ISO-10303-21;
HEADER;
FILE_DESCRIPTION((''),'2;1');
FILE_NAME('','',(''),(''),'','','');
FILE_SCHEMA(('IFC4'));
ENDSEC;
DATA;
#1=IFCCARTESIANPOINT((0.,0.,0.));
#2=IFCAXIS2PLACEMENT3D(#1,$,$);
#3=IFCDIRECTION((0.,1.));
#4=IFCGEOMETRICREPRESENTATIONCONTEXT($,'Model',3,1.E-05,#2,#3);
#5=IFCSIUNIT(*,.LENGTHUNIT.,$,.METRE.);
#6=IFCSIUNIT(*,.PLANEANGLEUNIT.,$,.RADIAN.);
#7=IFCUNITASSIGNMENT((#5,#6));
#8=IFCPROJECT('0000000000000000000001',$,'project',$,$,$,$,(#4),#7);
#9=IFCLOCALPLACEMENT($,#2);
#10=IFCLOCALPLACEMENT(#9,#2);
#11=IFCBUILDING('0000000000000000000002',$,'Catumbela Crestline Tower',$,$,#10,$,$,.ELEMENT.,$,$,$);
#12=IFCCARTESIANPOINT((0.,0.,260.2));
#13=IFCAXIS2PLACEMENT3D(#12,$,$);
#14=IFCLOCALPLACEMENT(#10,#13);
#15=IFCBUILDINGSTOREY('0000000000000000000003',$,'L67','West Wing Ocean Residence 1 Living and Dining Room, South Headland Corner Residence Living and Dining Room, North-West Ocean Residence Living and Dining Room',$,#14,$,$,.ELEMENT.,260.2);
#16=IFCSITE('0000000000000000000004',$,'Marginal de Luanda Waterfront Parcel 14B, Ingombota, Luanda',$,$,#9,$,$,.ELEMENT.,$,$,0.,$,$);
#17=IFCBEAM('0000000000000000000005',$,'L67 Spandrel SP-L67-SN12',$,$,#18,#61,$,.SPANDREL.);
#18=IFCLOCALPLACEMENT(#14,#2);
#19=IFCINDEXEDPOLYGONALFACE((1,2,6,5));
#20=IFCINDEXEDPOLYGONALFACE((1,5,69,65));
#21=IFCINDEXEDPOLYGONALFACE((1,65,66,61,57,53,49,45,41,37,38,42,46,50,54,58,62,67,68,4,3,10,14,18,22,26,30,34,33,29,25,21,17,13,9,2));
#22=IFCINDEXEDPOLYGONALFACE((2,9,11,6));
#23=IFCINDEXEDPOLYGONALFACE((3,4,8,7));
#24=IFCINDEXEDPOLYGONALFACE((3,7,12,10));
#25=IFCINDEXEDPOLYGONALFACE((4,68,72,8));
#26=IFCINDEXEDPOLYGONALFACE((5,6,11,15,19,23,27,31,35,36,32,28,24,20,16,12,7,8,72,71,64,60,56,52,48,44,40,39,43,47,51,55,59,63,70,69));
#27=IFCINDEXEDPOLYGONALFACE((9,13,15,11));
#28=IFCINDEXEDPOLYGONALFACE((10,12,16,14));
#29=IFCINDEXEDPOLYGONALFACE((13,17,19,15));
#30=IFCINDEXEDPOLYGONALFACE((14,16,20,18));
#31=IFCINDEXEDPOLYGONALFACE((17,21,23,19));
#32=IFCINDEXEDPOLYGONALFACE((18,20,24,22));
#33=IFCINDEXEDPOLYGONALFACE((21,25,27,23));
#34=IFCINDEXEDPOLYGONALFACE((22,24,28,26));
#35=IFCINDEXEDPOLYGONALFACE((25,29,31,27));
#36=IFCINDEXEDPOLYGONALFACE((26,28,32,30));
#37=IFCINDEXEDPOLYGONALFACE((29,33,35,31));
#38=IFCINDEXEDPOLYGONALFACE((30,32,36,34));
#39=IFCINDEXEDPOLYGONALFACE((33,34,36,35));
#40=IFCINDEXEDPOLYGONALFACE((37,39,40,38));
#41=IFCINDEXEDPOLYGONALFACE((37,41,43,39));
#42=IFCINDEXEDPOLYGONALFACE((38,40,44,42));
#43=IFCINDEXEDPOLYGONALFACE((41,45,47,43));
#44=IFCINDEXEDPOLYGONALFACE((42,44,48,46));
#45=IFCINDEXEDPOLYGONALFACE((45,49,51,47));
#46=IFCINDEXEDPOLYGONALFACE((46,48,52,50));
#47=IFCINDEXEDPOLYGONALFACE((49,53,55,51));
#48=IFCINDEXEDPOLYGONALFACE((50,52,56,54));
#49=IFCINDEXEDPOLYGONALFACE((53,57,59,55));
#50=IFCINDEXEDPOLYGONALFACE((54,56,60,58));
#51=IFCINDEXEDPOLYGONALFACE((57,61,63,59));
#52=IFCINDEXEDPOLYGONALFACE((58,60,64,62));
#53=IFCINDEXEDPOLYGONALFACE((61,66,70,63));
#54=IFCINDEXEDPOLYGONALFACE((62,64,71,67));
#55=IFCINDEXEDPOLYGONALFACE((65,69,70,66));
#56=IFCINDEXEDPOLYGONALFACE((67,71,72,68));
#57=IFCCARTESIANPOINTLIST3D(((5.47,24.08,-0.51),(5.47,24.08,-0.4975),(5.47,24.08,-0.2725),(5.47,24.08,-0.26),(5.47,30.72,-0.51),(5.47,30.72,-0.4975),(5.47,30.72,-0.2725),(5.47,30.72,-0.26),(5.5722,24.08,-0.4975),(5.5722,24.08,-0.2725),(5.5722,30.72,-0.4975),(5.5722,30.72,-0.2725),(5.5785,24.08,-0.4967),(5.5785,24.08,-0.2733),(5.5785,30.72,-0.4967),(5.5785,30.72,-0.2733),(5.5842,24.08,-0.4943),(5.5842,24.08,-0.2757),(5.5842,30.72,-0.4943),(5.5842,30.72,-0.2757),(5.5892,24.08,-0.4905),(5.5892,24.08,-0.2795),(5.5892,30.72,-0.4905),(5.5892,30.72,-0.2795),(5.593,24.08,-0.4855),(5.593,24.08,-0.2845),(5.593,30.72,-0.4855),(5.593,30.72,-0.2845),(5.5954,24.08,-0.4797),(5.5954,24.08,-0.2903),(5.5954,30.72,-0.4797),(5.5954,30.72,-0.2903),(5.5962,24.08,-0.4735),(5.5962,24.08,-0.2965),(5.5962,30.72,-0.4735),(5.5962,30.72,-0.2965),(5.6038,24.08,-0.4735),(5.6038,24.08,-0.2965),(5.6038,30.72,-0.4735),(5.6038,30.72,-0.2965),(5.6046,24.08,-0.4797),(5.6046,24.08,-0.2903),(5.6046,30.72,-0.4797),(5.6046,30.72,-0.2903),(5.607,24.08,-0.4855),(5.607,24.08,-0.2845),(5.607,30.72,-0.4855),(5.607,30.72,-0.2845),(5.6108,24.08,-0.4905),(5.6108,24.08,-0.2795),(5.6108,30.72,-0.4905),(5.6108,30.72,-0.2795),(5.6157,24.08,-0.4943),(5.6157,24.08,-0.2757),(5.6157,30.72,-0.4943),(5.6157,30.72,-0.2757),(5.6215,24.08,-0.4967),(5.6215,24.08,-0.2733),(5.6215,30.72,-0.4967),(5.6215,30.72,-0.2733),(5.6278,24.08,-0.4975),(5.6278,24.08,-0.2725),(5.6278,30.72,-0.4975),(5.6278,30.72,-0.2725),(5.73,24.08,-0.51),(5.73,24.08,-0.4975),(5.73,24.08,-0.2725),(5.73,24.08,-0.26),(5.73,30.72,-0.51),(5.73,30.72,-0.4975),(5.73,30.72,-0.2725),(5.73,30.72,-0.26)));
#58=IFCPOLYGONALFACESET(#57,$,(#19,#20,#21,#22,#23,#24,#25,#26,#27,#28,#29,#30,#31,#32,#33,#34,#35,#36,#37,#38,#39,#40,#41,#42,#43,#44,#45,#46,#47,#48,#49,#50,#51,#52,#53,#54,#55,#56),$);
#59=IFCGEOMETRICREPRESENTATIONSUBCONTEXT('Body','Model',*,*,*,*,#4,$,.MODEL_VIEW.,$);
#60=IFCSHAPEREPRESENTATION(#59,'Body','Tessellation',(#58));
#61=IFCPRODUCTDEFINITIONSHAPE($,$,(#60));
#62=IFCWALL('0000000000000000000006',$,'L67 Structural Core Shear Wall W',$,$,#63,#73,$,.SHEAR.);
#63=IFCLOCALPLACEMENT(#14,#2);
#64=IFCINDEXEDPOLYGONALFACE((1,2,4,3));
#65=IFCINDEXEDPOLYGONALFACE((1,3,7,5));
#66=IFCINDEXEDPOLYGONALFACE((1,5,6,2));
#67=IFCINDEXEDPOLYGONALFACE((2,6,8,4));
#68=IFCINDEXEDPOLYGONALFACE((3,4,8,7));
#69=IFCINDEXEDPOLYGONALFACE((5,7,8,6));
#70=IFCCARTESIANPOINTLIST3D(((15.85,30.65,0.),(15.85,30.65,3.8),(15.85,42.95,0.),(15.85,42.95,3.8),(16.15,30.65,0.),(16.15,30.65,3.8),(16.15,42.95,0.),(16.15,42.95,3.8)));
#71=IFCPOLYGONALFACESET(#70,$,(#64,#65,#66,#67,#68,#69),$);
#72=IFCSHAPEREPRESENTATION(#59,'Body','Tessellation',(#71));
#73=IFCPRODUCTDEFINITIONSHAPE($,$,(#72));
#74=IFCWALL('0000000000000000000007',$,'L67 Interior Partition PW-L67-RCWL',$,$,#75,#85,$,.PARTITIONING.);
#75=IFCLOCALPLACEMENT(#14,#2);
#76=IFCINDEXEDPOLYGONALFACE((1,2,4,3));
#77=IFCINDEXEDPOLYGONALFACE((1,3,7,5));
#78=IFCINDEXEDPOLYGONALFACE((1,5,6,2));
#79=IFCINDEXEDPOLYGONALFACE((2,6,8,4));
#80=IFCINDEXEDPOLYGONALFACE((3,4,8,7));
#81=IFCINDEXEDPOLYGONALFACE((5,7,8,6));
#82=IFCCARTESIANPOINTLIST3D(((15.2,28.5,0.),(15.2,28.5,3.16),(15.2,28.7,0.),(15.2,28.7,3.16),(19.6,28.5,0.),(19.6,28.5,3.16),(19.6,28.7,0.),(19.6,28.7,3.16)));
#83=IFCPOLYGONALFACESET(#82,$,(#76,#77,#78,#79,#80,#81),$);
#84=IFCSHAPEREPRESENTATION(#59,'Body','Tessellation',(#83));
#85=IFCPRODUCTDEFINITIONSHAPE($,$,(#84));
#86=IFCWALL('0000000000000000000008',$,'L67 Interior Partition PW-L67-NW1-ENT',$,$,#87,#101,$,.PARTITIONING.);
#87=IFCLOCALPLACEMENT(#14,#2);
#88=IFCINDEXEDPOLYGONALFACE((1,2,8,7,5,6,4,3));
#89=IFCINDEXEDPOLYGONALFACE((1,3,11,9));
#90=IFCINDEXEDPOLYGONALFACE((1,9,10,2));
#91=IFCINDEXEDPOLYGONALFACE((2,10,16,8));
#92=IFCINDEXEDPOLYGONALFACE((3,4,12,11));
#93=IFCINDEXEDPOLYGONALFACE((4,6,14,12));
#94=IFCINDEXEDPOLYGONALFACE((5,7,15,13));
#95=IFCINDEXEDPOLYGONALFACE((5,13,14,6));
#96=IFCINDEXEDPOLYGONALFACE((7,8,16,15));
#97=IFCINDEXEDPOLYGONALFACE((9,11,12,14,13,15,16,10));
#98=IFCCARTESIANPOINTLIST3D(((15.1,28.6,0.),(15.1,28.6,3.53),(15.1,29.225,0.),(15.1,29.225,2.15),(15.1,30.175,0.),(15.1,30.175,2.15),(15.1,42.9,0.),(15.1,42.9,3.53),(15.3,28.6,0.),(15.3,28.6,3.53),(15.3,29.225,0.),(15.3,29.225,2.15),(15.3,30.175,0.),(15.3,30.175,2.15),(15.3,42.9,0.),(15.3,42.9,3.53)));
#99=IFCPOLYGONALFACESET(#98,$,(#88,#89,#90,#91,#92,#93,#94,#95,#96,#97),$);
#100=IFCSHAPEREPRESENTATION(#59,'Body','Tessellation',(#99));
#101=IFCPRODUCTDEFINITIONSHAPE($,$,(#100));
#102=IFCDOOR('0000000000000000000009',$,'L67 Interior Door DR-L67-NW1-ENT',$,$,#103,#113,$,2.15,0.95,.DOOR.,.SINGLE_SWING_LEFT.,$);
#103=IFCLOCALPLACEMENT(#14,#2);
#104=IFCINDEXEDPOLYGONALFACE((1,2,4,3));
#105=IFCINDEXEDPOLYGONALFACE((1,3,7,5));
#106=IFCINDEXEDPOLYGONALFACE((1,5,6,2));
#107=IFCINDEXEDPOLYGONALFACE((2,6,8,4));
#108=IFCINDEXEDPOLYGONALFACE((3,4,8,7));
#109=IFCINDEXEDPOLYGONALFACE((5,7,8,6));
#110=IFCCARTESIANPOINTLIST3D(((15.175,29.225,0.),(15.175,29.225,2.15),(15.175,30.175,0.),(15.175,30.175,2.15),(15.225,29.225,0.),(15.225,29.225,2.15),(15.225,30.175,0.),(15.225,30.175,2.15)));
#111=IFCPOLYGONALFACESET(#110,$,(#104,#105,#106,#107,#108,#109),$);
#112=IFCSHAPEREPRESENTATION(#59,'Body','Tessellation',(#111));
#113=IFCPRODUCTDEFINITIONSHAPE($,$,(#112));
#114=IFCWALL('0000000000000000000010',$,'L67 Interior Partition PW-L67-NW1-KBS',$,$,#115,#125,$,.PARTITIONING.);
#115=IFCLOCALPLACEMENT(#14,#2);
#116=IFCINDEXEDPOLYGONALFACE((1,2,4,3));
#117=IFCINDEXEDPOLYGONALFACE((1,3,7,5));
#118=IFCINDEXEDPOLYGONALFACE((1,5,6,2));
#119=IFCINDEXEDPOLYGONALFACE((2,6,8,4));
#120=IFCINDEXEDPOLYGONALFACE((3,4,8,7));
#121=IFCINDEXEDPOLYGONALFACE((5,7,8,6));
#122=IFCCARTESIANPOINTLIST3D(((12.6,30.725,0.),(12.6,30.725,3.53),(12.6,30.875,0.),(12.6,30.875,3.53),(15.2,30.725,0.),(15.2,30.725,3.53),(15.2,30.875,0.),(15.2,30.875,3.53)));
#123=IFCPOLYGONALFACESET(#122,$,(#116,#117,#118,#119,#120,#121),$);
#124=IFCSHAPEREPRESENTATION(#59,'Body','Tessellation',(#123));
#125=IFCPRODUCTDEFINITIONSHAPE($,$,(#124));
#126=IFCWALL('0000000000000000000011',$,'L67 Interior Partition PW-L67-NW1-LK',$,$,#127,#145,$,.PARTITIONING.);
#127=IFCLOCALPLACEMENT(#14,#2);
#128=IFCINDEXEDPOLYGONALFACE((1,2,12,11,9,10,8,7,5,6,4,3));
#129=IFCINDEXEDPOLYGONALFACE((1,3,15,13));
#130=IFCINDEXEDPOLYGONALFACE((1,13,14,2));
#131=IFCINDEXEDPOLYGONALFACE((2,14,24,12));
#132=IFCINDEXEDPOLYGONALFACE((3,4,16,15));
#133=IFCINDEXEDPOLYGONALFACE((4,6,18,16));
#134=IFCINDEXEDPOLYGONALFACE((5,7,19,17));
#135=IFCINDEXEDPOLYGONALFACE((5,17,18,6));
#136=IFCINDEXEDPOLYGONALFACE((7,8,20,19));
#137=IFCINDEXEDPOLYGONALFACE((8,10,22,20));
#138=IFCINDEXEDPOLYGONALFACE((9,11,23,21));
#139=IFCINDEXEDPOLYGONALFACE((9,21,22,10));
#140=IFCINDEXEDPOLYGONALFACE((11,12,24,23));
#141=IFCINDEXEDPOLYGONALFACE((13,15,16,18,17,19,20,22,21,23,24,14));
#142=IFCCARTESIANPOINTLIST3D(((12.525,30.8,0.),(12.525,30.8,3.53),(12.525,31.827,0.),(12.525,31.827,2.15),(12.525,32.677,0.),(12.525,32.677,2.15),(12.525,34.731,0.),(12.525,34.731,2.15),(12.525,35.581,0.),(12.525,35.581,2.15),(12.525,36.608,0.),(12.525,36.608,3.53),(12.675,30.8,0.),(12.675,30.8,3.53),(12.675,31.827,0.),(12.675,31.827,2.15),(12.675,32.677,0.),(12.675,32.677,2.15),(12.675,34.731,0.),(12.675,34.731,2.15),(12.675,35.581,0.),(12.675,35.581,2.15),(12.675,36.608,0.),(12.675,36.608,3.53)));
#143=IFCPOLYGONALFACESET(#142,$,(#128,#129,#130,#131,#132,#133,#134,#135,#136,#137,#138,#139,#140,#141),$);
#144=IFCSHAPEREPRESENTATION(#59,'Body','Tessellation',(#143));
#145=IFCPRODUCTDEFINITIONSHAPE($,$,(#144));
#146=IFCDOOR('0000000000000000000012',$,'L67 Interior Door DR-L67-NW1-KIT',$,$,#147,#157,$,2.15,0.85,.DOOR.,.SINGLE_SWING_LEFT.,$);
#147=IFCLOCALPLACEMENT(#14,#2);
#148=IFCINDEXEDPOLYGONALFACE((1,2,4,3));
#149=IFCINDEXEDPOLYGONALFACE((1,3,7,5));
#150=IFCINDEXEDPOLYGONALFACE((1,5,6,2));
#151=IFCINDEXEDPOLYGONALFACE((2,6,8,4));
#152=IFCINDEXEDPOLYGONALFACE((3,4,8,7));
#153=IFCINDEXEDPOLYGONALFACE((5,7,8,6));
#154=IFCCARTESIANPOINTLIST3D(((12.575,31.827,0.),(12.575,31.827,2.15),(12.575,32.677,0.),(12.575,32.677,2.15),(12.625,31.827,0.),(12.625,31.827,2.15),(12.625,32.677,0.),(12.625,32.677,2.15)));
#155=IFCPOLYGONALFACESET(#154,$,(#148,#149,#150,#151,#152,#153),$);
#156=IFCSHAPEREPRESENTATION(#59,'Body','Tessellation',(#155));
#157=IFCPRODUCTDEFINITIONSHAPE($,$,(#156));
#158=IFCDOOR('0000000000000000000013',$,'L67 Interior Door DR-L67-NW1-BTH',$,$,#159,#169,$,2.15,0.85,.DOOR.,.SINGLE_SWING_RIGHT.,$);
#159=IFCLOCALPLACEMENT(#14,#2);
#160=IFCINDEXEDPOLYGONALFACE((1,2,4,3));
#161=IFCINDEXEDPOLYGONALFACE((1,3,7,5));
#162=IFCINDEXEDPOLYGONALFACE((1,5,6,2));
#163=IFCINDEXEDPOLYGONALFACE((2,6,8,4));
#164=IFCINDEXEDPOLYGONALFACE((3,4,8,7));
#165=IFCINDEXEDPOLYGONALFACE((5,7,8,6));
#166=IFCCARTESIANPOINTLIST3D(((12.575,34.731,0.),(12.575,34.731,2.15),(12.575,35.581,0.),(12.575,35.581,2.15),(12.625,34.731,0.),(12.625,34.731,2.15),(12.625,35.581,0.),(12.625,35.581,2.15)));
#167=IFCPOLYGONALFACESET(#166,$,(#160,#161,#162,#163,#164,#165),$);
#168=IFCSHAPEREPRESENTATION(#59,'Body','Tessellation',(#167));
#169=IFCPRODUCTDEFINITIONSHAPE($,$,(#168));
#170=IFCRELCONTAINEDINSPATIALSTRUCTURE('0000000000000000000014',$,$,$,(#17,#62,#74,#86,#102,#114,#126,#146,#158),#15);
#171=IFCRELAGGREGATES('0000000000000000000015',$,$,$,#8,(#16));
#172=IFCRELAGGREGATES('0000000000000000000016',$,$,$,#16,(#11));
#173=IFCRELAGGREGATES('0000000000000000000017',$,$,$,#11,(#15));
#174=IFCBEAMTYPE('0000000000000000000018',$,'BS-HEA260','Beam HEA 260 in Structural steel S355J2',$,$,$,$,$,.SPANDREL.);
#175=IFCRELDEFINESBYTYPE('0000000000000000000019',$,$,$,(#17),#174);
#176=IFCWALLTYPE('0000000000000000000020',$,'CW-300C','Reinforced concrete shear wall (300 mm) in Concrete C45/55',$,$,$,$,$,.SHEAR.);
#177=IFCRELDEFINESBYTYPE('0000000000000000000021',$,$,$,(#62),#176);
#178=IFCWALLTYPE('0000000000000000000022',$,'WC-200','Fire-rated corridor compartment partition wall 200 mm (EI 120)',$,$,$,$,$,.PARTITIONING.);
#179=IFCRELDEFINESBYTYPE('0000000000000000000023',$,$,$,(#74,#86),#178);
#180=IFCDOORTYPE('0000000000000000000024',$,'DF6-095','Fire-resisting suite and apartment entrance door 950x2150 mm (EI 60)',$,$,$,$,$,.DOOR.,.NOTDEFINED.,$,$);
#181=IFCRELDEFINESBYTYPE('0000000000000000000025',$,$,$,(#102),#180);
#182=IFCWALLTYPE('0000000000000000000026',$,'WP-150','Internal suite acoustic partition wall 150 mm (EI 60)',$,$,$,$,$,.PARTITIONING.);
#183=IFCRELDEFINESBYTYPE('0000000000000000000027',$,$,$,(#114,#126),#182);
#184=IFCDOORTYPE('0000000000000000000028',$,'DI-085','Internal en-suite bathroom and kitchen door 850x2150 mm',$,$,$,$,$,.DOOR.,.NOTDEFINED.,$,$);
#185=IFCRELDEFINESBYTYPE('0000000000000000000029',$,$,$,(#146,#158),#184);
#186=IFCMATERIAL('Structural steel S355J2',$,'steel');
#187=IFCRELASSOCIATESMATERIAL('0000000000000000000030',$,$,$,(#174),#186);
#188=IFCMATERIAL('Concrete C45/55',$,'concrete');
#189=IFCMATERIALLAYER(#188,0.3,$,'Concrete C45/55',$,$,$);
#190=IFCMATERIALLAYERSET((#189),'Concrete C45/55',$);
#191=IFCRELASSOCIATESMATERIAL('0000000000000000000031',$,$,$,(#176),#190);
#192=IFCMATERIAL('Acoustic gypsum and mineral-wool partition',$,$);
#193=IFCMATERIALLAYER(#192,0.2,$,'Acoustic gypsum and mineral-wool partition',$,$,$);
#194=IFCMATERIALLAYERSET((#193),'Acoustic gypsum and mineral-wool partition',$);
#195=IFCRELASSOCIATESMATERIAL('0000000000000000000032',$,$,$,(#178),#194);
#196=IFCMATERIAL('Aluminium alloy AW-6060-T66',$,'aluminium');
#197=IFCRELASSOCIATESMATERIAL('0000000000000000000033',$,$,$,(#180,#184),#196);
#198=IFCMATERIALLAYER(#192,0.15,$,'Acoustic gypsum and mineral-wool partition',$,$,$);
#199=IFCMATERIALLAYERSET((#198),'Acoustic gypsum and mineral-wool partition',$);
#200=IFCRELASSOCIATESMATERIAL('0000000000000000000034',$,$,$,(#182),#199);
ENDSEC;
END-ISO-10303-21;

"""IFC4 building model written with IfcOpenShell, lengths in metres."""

from ifc_helpers import new_model, si_unit, direction, frame, frame_2d, origin, origin_2d, place, context, subcontext, project, spatial, rectangle, i_section, extrude, material, layer, layer_set, material_profile, profile_set, type_object, element, fill, save


model = new_model("IFC4")

# Units and contexts
model_context = context("Model", 3, precision=1e-05, world=origin(), true_north=direction((0.0, 1.0)))
body_context = subcontext(model_context, "Body", "Model", "MODEL_VIEW")
ifc_project = project(units=[si_unit("LENGTHUNIT", "METRE"), si_unit("PLANEANGLEUNIT", "RADIAN")], contexts=[model_context])

# Site, building, storey
site_placement = place(None, origin())
site = spatial("IfcSite", under=ifc_project, at=site_placement, Name="Marginal de Luanda Waterfront Parcel 14B, Ingombota, Luanda", CompositionType="ELEMENT", RefElevation=0.0)
building_placement = place(site_placement, origin())
building = spatial("IfcBuilding", under=site, at=building_placement, Name="Catumbela Crestline Tower", CompositionType="ELEMENT")
storey_placement = place(building_placement, frame((0.0, 0.0, 260.2)))
storey = spatial("IfcBuildingStorey", under=building, at=storey_placement, Name="L67", Description="West Wing Ocean Residence 1 Living and Dining Room, South Headland Corner Residence Living and Dining Room, North-West Ocean Residence Living and Dining Room", CompositionType="ELEMENT", Elevation=260.2)

# Shared definitions
ifc_material_1 = material(Name="Concrete C45/55", Category="concrete")

# Beam
ifc_material_2 = material(Name="Structural steel S355J2", Category="steel")
ifc_material_profile_1 = material_profile(ifc_material_2, i_section(OverallWidth=0.26, OverallDepth=0.25, WebThickness=0.0075, FlangeThickness=0.0125, FilletRadius=0.024, at=origin_2d()), Name="HEA 260")
ifc_profile_set_1 = profile_set([ifc_material_profile_1], Name="Structural steel S355J2")
beam_type_1 = type_object("IfcBeamType", Name="BS-HEA260", Description="Beam HEA 260 in Structural steel S355J2", PredefinedType="SPANDREL", material=ifc_profile_set_1)
beam_1_placement = place(storey_placement, frame((5.6, 24.08, -0.385), z_axis=(0.0, 1.0, 0.0), x_axis=(-1.0, 0.0, 0.0)))
element("IfcBeam", 1, at=beam_1_placement, inside=storey, type_object=beam_type_1, Name="L67 Spandrel SP-L67-SN12", PredefinedType="SPANDREL", context=body_context, shape_type="SweptSolid", body=[
    extrude(i_section(OverallWidth=0.26, OverallDepth=0.25, WebThickness=0.0075, FlangeThickness=0.0125, FilletRadius=0.024, at=origin_2d()), origin(), (0.0, 0.0, 1.0), 6.64),
])

# Walls
ifc_layer_1 = layer(ifc_material_1, 0.3, Name="Concrete C45/55")
ifc_layer_set_1 = layer_set([ifc_layer_1], Name="Concrete C45/55")
wall_type_1 = type_object("IfcWallType", Name="CW-300C", Description="Reinforced concrete shear wall (300 mm) in Concrete C45/55", PredefinedType="SHEAR", material=ifc_layer_set_1)
wall_1_placement = place(storey_placement, frame((16.0, 30.65, 0.0), z_axis=(0.0, 0.0, 1.0), x_axis=(0.0, 1.0, 0.0)))
element("IfcWall", 2, at=wall_1_placement, inside=storey, type_object=wall_type_1, Name="L67 Structural Core Shear Wall W", PredefinedType="SHEAR", context=body_context, shape_type="SweptSolid", body=[
    extrude(rectangle(XDim=12.3, YDim=0.3, at=frame_2d((6.15, 0.0))), origin(), (0.0, 0.0, 1.0), 3.8),
])
ifc_material_3 = material(Name="Acoustic gypsum and mineral-wool partition")
ifc_layer_2 = layer(ifc_material_3, 0.2, Name="Acoustic gypsum and mineral-wool partition")
ifc_layer_set_2 = layer_set([ifc_layer_2], Name="Acoustic gypsum and mineral-wool partition")
wall_type_2 = type_object("IfcWallType", Name="WC-200", Description="Fire-rated corridor compartment partition wall 200 mm (EI 120)", PredefinedType="PARTITIONING", material=ifc_layer_set_2)
wall_2_placement = place(storey_placement, frame((15.2, 28.6, 0.0), z_axis=(0.0, 0.0, 1.0), x_axis=(1.0, 0.0, 0.0)))
element("IfcWall", 3, at=wall_2_placement, inside=storey, type_object=wall_type_2, Name="L67 Interior Partition PW-L67-RCWL", PredefinedType="PARTITIONING", context=body_context, shape_type="SweptSolid", body=[
    extrude(rectangle(XDim=4.4, YDim=0.2, at=frame_2d((2.2, 0.0))), origin(), (0.0, 0.0, 1.0), 3.16),
])

# Wall, opening, door
wall_3_placement = place(storey_placement, frame((15.2, 28.6, 0.0), z_axis=(0.0, 0.0, 1.0), x_axis=(0.0, 1.0, 0.0)))
wall_3 = element("IfcWall", 4, at=wall_3_placement, inside=storey, type_object=wall_type_2, Name="L67 Interior Partition PW-L67-NW1-ENT", PredefinedType="PARTITIONING", context=body_context, shape_type="SweptSolid", body=[
    extrude(rectangle(XDim=14.3, YDim=0.2, at=frame_2d((7.15, 0.0))), origin(), (0.0, 0.0, 1.0), 3.53),
])
opening_1_placement = place(wall_3_placement, frame((0.625, 0.0, 0.0)))
opening_1 = element("IfcOpeningElement", 5, at=opening_1_placement, cuts=wall_3, PredefinedType="OPENING", context=body_context, shape_type="SweptSolid", body=[
    extrude(rectangle(XDim=0.95, YDim=2.15, at=frame_2d((0.475, 1.075))), frame((0.0, 0.11, 0.0), z_axis=(0.0, -1.0, 0.0), x_axis=(1.0, 0.0, 0.0)), (0.0, 0.0, 1.0), 0.22),
])
ifc_material_4 = material(Name="Aluminium alloy AW-6060-T66", Category="aluminium")
door_type_1 = type_object("IfcDoorType", Name="DF6-095", Description="Fire-resisting suite and apartment entrance door 950x2150 mm (EI 60)", OperationType="NOTDEFINED", PredefinedType="DOOR", material=ifc_material_4)
door_1_placement = place(opening_1_placement, origin())
door_1 = element("IfcDoor", 6, at=door_1_placement, inside=storey, type_object=door_type_1, Name="L67 Interior Door DR-L67-NW1-ENT", OperationType="SINGLE_SWING_LEFT", OverallHeight=2.15, OverallWidth=0.95, PredefinedType="DOOR", context=body_context, shape_type="SweptSolid", body=[
    extrude(rectangle(XDim=0.95, YDim=2.15, at=frame_2d((0.475, 1.075))), frame((0.0, 0.025, 0.0), z_axis=(0.0, -1.0, 0.0), x_axis=(1.0, 0.0, 0.0)), (0.0, 0.0, 1.0), 0.05),
])
fill(opening_1, door_1)

# Wall
ifc_layer_3 = layer(ifc_material_3, 0.15, Name="Acoustic gypsum and mineral-wool partition")
ifc_layer_set_3 = layer_set([ifc_layer_3], Name="Acoustic gypsum and mineral-wool partition")
wall_type_3 = type_object("IfcWallType", Name="WP-150", Description="Internal suite acoustic partition wall 150 mm (EI 60)", PredefinedType="PARTITIONING", material=ifc_layer_set_3)
wall_4_placement = place(storey_placement, frame((12.6, 30.8, 0.0), z_axis=(0.0, 0.0, 1.0), x_axis=(1.0, 0.0, 0.0)))
element("IfcWall", 7, at=wall_4_placement, inside=storey, type_object=wall_type_3, Name="L67 Interior Partition PW-L67-NW1-KBS", PredefinedType="PARTITIONING", context=body_context, shape_type="SweptSolid", body=[
    extrude(rectangle(XDim=2.6, YDim=0.15, at=frame_2d((1.3, 0.0))), origin(), (0.0, 0.0, 1.0), 3.53),
])

# Wall, openings, doors
wall_5_placement = place(storey_placement, frame((12.6, 30.8, 0.0), z_axis=(0.0, 0.0, 1.0), x_axis=(0.0, 1.0, 0.0)))
wall_5 = element("IfcWall", 8, at=wall_5_placement, inside=storey, type_object=wall_type_3, Name="L67 Interior Partition PW-L67-NW1-LK", PredefinedType="PARTITIONING", context=body_context, shape_type="SweptSolid", body=[
    extrude(rectangle(XDim=5.808, YDim=0.15, at=frame_2d((2.904, 0.0))), origin(), (0.0, 0.0, 1.0), 3.53),
])
opening_2_placement = place(wall_5_placement, frame((1.027, 0.0, 0.0)))
opening_2 = element("IfcOpeningElement", 9, at=opening_2_placement, cuts=wall_5, PredefinedType="OPENING", context=body_context, shape_type="SweptSolid", body=[
    extrude(rectangle(XDim=0.85, YDim=2.15, at=frame_2d((0.425, 1.075))), frame((0.0, 0.085, 0.0), z_axis=(0.0, -1.0, 0.0), x_axis=(1.0, 0.0, 0.0)), (0.0, 0.0, 1.0), 0.17),
])
opening_3_placement = place(wall_5_placement, frame((3.931, 0.0, 0.0)))
opening_3 = element("IfcOpeningElement", 10, at=opening_3_placement, cuts=wall_5, PredefinedType="OPENING", context=body_context, shape_type="SweptSolid", body=[
    extrude(rectangle(XDim=0.85, YDim=2.15, at=frame_2d((0.425, 1.075))), frame((0.0, 0.085, 0.0), z_axis=(0.0, -1.0, 0.0), x_axis=(1.0, 0.0, 0.0)), (0.0, 0.0, 1.0), 0.17),
])
door_type_2 = type_object("IfcDoorType", Name="DI-085", Description="Internal en-suite bathroom and kitchen door 850x2150 mm", OperationType="NOTDEFINED", PredefinedType="DOOR", material=ifc_material_4)
door_2_placement = place(opening_2_placement, origin())
door_2 = element("IfcDoor", 11, at=door_2_placement, inside=storey, type_object=door_type_2, Name="L67 Interior Door DR-L67-NW1-KIT", OperationType="SINGLE_SWING_LEFT", OverallHeight=2.15, OverallWidth=0.85, PredefinedType="DOOR", context=body_context, shape_type="SweptSolid", body=[
    extrude(rectangle(XDim=0.85, YDim=2.15, at=frame_2d((0.425, 1.075))), frame((0.0, 0.025, 0.0), z_axis=(0.0, -1.0, 0.0), x_axis=(1.0, 0.0, 0.0)), (0.0, 0.0, 1.0), 0.05),
])
fill(opening_2, door_2)
door_3_placement = place(opening_3_placement, origin())
door_3 = element("IfcDoor", 12, at=door_3_placement, inside=storey, type_object=door_type_2, Name="L67 Interior Door DR-L67-NW1-BTH", OperationType="SINGLE_SWING_RIGHT", OverallHeight=2.15, OverallWidth=0.85, PredefinedType="DOOR", context=body_context, shape_type="SweptSolid", body=[
    extrude(rectangle(XDim=0.85, YDim=2.15, at=frame_2d((0.425, 1.075))), frame((0.0, 0.025, 0.0), z_axis=(0.0, -1.0, 0.0), x_axis=(1.0, 0.0, 0.0)), (0.0, 0.0, 1.0), 0.05),
])
fill(opening_3, door_3)

save(model, "model.ifc")
